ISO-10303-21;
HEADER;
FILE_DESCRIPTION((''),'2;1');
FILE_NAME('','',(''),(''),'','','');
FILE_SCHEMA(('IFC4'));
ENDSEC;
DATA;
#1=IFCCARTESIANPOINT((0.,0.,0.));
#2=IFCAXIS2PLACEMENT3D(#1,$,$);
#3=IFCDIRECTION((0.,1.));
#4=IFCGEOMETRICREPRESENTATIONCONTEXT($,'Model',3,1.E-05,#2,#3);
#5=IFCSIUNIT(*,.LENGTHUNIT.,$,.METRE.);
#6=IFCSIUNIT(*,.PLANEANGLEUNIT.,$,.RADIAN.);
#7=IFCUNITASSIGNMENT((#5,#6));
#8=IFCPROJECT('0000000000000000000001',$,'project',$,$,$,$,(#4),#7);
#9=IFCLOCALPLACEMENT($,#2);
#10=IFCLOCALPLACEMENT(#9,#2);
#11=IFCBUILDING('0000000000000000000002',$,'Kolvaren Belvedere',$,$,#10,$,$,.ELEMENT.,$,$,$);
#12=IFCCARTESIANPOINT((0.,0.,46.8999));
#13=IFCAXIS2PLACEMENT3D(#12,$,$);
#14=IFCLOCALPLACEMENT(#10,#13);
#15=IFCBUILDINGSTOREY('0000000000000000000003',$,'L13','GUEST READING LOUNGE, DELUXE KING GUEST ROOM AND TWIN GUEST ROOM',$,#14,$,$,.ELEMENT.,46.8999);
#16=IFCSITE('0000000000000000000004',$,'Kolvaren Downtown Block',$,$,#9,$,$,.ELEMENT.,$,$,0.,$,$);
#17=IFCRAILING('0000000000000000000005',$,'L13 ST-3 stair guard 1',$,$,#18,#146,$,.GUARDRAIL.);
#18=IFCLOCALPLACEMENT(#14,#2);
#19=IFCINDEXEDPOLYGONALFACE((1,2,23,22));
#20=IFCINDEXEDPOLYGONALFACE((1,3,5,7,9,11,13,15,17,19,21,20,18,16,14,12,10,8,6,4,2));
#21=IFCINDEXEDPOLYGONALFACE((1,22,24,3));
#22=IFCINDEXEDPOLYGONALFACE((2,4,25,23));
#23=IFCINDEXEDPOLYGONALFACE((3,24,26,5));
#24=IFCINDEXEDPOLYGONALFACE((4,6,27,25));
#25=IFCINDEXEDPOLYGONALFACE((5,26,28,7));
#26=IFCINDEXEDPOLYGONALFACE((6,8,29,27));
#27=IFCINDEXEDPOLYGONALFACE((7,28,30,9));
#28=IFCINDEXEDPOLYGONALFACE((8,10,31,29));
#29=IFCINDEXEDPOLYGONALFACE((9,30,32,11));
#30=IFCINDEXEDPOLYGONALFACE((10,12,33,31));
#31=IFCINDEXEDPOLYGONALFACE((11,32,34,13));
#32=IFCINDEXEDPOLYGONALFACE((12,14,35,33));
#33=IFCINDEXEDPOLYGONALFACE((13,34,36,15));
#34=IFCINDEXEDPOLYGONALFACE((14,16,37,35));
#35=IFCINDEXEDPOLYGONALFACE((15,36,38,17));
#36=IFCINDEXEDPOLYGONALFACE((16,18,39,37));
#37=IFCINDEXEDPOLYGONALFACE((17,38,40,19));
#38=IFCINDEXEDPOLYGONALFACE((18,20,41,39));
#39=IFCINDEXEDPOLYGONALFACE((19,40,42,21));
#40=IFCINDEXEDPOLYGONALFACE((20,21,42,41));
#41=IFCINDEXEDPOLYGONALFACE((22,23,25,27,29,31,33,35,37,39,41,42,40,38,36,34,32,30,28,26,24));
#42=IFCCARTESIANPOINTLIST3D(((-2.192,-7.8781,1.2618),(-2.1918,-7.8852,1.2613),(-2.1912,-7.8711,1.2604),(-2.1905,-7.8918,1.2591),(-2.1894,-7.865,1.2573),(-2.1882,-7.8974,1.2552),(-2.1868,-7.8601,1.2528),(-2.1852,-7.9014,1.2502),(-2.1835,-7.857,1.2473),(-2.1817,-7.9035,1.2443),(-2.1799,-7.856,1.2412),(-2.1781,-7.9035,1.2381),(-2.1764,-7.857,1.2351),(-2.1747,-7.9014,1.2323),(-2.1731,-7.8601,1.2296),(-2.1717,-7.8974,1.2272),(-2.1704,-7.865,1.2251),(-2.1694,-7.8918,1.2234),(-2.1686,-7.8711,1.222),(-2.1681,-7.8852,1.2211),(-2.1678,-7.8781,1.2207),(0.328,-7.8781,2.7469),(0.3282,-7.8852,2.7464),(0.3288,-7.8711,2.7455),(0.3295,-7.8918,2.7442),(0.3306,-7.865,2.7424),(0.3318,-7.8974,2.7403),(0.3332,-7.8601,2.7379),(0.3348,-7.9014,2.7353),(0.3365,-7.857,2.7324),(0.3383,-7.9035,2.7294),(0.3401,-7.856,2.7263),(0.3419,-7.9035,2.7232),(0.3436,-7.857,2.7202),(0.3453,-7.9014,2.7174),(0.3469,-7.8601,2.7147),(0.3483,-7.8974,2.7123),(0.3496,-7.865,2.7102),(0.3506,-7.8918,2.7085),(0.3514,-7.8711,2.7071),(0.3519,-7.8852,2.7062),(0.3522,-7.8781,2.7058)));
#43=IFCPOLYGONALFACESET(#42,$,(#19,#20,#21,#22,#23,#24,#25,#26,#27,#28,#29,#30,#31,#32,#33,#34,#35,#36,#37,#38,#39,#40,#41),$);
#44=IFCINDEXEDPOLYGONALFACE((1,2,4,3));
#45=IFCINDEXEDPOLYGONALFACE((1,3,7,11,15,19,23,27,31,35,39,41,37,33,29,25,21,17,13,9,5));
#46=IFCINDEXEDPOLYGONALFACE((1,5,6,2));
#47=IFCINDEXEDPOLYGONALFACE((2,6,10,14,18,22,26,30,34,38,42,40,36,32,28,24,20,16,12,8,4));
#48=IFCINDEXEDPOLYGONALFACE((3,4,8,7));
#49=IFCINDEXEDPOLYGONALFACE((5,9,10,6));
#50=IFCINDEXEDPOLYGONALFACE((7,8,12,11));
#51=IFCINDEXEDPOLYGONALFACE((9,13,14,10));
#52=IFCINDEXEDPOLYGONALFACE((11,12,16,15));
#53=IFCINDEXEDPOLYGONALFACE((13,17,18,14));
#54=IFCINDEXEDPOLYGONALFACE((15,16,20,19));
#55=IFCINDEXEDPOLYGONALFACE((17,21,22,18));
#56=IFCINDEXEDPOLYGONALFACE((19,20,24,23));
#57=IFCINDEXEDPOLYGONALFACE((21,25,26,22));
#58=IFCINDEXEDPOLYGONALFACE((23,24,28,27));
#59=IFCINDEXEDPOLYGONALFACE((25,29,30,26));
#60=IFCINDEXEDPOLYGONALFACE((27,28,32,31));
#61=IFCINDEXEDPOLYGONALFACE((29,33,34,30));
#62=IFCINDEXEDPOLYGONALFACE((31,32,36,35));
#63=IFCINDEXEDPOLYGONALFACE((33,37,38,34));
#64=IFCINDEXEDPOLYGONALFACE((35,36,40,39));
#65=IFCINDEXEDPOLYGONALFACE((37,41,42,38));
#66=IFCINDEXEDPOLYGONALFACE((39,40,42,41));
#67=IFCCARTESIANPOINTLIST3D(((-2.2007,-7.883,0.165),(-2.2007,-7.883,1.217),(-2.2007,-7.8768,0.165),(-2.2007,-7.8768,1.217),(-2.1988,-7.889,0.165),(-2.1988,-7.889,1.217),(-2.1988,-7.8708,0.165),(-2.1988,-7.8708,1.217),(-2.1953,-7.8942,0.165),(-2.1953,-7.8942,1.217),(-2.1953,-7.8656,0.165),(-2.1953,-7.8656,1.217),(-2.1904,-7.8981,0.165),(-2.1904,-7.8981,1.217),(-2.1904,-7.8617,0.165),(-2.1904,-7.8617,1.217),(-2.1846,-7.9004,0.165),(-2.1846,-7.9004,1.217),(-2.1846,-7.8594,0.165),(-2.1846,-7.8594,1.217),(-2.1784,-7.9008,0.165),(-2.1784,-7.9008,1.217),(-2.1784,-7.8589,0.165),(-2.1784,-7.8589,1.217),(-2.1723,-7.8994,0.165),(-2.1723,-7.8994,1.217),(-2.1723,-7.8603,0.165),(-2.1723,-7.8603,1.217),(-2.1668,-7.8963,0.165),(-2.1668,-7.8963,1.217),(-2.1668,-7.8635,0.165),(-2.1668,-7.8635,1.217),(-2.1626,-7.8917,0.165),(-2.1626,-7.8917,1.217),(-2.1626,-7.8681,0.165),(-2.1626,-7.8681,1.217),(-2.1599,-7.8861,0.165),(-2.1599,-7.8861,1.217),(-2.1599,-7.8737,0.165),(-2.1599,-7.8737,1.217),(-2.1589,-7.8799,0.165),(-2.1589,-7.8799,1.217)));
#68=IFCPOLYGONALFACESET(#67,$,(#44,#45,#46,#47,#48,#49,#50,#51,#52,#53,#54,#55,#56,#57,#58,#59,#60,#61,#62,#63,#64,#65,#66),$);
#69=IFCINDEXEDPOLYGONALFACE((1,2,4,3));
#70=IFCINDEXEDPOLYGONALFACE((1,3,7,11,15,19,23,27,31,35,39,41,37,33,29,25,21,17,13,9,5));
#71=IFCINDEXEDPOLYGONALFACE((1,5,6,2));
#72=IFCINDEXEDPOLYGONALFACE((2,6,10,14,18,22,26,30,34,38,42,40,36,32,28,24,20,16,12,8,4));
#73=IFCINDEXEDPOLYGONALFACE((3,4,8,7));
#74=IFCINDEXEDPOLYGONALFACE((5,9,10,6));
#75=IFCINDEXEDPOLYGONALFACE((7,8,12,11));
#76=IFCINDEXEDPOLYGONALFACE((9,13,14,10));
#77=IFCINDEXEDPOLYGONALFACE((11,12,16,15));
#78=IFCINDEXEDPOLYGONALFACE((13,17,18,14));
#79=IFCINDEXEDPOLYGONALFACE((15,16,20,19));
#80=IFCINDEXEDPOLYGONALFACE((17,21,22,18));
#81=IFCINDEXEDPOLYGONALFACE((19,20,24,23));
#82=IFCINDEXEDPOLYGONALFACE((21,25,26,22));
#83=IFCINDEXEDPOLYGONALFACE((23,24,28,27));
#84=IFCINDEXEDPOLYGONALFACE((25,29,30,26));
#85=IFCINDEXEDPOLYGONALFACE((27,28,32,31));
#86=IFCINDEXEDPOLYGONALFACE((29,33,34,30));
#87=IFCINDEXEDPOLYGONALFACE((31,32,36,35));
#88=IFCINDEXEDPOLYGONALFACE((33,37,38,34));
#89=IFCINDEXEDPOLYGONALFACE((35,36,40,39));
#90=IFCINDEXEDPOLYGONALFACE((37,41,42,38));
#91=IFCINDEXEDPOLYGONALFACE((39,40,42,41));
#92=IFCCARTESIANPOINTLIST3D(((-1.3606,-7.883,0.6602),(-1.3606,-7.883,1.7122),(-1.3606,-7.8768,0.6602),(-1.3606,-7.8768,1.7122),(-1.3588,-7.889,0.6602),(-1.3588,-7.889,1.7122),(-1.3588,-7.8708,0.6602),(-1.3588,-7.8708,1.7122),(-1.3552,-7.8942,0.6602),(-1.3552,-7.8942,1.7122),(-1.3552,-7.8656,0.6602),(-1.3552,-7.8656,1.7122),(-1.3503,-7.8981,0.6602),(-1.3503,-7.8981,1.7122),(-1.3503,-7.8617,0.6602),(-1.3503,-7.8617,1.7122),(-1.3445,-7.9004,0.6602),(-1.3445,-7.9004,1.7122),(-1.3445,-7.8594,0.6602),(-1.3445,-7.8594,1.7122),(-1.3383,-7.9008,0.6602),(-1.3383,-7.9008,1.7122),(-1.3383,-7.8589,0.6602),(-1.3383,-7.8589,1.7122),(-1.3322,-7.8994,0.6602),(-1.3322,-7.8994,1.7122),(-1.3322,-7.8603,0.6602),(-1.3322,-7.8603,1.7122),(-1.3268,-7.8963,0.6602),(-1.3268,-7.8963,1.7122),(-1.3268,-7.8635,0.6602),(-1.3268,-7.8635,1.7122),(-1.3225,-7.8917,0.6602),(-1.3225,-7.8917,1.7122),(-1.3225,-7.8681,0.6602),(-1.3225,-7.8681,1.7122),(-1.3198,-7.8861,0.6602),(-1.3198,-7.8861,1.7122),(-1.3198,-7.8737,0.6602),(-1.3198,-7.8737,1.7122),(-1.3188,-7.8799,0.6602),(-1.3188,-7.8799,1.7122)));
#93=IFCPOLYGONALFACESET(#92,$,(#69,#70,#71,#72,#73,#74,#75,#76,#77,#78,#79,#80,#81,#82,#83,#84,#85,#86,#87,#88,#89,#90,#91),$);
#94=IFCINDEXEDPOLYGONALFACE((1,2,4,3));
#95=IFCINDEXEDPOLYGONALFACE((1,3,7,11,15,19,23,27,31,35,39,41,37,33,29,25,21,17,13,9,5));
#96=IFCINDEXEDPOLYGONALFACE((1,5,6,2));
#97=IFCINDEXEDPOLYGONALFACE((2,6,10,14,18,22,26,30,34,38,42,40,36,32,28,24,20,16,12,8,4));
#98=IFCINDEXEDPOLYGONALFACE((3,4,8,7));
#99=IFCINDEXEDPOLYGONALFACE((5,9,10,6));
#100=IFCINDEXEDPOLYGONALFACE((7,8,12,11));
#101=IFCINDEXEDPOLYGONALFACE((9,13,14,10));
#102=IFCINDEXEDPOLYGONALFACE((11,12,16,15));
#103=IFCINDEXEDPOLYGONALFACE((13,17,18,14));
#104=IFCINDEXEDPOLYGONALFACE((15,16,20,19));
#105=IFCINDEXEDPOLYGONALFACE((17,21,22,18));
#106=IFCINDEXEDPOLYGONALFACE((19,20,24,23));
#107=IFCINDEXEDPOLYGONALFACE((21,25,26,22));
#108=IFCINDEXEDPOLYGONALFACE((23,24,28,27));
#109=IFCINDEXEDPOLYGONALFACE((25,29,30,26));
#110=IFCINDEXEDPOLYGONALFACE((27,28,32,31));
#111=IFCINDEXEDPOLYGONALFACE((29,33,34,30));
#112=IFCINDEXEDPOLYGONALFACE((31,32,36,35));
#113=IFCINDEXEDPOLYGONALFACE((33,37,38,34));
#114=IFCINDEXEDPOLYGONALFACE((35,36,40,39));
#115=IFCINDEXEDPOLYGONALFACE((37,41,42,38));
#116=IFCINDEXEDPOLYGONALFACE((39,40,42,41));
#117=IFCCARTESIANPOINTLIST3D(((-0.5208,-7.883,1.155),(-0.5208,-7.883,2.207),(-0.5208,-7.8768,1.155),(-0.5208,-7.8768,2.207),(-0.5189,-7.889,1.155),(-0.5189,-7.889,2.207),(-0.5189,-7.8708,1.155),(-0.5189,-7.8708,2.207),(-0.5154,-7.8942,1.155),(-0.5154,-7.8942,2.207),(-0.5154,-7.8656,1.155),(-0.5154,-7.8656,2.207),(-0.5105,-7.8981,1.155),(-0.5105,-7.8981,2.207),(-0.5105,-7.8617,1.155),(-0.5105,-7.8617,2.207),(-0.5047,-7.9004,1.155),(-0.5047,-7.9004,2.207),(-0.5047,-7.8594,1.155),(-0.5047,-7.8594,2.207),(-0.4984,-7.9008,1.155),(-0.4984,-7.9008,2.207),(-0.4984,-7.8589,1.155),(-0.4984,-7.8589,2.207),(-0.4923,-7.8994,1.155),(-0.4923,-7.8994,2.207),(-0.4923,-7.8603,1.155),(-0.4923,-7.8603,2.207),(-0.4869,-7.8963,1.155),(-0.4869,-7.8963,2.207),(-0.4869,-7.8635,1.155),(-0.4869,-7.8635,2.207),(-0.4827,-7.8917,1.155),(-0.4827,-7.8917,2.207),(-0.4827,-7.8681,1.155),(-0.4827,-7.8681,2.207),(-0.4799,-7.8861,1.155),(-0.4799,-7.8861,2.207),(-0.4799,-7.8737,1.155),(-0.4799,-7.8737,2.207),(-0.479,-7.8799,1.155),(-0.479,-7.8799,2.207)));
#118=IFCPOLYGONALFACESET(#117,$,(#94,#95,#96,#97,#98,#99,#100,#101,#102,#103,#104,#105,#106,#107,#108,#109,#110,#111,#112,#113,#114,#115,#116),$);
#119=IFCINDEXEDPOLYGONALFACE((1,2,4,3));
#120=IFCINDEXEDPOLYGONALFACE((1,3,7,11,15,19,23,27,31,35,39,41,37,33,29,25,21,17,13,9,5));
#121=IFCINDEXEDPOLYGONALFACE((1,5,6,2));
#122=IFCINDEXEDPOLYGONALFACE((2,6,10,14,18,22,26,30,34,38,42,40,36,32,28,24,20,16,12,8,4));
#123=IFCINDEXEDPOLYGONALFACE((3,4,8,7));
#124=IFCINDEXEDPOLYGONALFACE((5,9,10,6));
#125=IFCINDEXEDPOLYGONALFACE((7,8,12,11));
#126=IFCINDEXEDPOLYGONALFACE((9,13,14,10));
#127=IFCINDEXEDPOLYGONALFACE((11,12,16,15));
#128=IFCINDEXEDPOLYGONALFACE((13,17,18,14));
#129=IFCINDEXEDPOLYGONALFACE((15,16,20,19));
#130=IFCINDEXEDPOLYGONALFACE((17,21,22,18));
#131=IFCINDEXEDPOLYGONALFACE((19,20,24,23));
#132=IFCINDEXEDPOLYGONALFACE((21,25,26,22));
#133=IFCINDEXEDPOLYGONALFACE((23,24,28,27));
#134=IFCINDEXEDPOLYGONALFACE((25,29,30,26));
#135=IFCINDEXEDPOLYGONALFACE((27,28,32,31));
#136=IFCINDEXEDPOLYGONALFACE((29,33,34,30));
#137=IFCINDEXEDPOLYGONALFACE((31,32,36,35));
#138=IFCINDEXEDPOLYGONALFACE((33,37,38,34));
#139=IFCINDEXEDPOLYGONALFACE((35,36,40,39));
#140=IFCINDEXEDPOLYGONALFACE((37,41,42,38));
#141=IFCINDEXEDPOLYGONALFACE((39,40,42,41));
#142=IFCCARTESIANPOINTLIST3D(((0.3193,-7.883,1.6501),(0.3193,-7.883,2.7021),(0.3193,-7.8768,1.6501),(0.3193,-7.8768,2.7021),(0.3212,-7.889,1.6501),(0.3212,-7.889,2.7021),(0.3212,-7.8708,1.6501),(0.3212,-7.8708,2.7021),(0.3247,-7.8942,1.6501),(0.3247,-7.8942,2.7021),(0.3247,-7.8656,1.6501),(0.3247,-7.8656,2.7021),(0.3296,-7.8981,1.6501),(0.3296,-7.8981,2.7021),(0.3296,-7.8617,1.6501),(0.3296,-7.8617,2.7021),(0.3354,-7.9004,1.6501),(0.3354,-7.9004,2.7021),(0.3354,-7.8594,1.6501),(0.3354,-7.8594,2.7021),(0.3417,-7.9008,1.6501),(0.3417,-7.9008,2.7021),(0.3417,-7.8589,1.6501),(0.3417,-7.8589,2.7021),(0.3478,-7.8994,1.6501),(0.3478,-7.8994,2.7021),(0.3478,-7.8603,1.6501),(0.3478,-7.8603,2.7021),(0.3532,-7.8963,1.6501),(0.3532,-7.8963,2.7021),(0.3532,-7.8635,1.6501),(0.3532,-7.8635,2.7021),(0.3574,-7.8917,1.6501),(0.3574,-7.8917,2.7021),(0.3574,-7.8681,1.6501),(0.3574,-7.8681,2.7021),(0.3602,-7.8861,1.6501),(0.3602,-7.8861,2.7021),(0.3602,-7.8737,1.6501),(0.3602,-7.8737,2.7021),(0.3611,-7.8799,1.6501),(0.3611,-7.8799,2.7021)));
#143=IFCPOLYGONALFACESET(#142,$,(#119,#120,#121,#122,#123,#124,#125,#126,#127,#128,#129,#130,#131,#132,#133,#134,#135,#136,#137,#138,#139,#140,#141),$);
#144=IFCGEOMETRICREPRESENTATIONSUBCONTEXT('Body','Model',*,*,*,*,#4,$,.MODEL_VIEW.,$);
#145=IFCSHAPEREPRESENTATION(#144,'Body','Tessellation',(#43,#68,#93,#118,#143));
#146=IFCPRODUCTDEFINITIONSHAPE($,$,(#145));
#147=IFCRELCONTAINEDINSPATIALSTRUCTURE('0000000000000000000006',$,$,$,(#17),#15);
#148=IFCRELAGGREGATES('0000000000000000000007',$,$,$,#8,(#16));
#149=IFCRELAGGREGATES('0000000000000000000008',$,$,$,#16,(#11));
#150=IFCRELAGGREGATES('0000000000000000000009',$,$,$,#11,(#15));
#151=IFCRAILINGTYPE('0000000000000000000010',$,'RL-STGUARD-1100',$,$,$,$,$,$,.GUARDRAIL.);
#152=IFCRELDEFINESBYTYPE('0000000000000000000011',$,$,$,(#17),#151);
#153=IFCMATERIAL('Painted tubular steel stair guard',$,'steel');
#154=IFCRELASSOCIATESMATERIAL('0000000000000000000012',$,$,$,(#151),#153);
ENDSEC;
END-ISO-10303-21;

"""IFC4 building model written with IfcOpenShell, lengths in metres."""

from ifc_helpers import new_model, si_unit, direction, frame, origin, origin_2d, place, context, subcontext, project, spatial, circle, extrude, material, type_object, element, save


model = new_model("IFC4")

# Units and contexts
model_context = context("Model", 3, precision=1e-05, world=origin(), true_north=direction((0.0, 1.0)))
body_context = subcontext(model_context, "Body", "Model", "MODEL_VIEW")
ifc_project = project(units=[si_unit("LENGTHUNIT", "METRE"), si_unit("PLANEANGLEUNIT", "RADIAN")], contexts=[model_context])

# Site, building, storey
site_placement = place(None, origin())
site = spatial("IfcSite", under=ifc_project, at=site_placement, Name="Kolvaren Downtown Block", CompositionType="ELEMENT", RefElevation=0.0)
building_placement = place(site_placement, origin())
building = spatial("IfcBuilding", under=site, at=building_placement, Name="Kolvaren Belvedere", CompositionType="ELEMENT")
storey_placement = place(building_placement, frame((0.0, 0.0, 46.8999)))
storey = spatial("IfcBuildingStorey", under=building, at=storey_placement, Name="L13", Description="GUEST READING LOUNGE, DELUXE KING GUEST ROOM AND TWIN GUEST ROOM", CompositionType="ELEMENT", Elevation=46.8999)

# Railing
ifc_material_1 = material(Name="Painted tubular steel stair guard", Category="steel")
railing_type_1 = type_object("IfcRailingType", Name="RL-STGUARD-1100", PredefinedType="GUARDRAIL", material=ifc_material_1)
railing_1_placement = place(storey_placement, frame((-2.1799, -7.8799, 0.165)))
element("IfcRailing", 1, at=railing_1_placement, inside=storey, type_object=railing_type_1, Name="L13 ST-3 stair guard 1", PredefinedType="GUARDRAIL", context=body_context, shape_type="SweptSolid", body=[
    extrude(circle(Radius=0.0239, at=origin_2d()), frame((0.0, 0.0, 1.0762), z_axis=(0.861524, 0.0, 0.507717), x_axis=(0.0, 1.0, 0.0)), (0.0, 0.0, 1.0), 2.925),
    extrude(circle(Radius=0.021, at=origin_2d()), origin(), (0.0, 0.0, 1.0), 1.052),
    extrude(circle(Radius=0.021, at=origin_2d()), frame((0.8401, 0.0, 0.4951)), (0.0, 0.0, 1.0), 1.052),
    extrude(circle(Radius=0.021, at=origin_2d()), frame((1.6799, 0.0, 0.99)), (0.0, 0.0, 1.0), 1.052),
    extrude(circle(Radius=0.021, at=origin_2d()), frame((2.52, 0.0, 1.4851)), (0.0, 0.0, 1.0), 1.052),
])

save(model, "model.ifc")
